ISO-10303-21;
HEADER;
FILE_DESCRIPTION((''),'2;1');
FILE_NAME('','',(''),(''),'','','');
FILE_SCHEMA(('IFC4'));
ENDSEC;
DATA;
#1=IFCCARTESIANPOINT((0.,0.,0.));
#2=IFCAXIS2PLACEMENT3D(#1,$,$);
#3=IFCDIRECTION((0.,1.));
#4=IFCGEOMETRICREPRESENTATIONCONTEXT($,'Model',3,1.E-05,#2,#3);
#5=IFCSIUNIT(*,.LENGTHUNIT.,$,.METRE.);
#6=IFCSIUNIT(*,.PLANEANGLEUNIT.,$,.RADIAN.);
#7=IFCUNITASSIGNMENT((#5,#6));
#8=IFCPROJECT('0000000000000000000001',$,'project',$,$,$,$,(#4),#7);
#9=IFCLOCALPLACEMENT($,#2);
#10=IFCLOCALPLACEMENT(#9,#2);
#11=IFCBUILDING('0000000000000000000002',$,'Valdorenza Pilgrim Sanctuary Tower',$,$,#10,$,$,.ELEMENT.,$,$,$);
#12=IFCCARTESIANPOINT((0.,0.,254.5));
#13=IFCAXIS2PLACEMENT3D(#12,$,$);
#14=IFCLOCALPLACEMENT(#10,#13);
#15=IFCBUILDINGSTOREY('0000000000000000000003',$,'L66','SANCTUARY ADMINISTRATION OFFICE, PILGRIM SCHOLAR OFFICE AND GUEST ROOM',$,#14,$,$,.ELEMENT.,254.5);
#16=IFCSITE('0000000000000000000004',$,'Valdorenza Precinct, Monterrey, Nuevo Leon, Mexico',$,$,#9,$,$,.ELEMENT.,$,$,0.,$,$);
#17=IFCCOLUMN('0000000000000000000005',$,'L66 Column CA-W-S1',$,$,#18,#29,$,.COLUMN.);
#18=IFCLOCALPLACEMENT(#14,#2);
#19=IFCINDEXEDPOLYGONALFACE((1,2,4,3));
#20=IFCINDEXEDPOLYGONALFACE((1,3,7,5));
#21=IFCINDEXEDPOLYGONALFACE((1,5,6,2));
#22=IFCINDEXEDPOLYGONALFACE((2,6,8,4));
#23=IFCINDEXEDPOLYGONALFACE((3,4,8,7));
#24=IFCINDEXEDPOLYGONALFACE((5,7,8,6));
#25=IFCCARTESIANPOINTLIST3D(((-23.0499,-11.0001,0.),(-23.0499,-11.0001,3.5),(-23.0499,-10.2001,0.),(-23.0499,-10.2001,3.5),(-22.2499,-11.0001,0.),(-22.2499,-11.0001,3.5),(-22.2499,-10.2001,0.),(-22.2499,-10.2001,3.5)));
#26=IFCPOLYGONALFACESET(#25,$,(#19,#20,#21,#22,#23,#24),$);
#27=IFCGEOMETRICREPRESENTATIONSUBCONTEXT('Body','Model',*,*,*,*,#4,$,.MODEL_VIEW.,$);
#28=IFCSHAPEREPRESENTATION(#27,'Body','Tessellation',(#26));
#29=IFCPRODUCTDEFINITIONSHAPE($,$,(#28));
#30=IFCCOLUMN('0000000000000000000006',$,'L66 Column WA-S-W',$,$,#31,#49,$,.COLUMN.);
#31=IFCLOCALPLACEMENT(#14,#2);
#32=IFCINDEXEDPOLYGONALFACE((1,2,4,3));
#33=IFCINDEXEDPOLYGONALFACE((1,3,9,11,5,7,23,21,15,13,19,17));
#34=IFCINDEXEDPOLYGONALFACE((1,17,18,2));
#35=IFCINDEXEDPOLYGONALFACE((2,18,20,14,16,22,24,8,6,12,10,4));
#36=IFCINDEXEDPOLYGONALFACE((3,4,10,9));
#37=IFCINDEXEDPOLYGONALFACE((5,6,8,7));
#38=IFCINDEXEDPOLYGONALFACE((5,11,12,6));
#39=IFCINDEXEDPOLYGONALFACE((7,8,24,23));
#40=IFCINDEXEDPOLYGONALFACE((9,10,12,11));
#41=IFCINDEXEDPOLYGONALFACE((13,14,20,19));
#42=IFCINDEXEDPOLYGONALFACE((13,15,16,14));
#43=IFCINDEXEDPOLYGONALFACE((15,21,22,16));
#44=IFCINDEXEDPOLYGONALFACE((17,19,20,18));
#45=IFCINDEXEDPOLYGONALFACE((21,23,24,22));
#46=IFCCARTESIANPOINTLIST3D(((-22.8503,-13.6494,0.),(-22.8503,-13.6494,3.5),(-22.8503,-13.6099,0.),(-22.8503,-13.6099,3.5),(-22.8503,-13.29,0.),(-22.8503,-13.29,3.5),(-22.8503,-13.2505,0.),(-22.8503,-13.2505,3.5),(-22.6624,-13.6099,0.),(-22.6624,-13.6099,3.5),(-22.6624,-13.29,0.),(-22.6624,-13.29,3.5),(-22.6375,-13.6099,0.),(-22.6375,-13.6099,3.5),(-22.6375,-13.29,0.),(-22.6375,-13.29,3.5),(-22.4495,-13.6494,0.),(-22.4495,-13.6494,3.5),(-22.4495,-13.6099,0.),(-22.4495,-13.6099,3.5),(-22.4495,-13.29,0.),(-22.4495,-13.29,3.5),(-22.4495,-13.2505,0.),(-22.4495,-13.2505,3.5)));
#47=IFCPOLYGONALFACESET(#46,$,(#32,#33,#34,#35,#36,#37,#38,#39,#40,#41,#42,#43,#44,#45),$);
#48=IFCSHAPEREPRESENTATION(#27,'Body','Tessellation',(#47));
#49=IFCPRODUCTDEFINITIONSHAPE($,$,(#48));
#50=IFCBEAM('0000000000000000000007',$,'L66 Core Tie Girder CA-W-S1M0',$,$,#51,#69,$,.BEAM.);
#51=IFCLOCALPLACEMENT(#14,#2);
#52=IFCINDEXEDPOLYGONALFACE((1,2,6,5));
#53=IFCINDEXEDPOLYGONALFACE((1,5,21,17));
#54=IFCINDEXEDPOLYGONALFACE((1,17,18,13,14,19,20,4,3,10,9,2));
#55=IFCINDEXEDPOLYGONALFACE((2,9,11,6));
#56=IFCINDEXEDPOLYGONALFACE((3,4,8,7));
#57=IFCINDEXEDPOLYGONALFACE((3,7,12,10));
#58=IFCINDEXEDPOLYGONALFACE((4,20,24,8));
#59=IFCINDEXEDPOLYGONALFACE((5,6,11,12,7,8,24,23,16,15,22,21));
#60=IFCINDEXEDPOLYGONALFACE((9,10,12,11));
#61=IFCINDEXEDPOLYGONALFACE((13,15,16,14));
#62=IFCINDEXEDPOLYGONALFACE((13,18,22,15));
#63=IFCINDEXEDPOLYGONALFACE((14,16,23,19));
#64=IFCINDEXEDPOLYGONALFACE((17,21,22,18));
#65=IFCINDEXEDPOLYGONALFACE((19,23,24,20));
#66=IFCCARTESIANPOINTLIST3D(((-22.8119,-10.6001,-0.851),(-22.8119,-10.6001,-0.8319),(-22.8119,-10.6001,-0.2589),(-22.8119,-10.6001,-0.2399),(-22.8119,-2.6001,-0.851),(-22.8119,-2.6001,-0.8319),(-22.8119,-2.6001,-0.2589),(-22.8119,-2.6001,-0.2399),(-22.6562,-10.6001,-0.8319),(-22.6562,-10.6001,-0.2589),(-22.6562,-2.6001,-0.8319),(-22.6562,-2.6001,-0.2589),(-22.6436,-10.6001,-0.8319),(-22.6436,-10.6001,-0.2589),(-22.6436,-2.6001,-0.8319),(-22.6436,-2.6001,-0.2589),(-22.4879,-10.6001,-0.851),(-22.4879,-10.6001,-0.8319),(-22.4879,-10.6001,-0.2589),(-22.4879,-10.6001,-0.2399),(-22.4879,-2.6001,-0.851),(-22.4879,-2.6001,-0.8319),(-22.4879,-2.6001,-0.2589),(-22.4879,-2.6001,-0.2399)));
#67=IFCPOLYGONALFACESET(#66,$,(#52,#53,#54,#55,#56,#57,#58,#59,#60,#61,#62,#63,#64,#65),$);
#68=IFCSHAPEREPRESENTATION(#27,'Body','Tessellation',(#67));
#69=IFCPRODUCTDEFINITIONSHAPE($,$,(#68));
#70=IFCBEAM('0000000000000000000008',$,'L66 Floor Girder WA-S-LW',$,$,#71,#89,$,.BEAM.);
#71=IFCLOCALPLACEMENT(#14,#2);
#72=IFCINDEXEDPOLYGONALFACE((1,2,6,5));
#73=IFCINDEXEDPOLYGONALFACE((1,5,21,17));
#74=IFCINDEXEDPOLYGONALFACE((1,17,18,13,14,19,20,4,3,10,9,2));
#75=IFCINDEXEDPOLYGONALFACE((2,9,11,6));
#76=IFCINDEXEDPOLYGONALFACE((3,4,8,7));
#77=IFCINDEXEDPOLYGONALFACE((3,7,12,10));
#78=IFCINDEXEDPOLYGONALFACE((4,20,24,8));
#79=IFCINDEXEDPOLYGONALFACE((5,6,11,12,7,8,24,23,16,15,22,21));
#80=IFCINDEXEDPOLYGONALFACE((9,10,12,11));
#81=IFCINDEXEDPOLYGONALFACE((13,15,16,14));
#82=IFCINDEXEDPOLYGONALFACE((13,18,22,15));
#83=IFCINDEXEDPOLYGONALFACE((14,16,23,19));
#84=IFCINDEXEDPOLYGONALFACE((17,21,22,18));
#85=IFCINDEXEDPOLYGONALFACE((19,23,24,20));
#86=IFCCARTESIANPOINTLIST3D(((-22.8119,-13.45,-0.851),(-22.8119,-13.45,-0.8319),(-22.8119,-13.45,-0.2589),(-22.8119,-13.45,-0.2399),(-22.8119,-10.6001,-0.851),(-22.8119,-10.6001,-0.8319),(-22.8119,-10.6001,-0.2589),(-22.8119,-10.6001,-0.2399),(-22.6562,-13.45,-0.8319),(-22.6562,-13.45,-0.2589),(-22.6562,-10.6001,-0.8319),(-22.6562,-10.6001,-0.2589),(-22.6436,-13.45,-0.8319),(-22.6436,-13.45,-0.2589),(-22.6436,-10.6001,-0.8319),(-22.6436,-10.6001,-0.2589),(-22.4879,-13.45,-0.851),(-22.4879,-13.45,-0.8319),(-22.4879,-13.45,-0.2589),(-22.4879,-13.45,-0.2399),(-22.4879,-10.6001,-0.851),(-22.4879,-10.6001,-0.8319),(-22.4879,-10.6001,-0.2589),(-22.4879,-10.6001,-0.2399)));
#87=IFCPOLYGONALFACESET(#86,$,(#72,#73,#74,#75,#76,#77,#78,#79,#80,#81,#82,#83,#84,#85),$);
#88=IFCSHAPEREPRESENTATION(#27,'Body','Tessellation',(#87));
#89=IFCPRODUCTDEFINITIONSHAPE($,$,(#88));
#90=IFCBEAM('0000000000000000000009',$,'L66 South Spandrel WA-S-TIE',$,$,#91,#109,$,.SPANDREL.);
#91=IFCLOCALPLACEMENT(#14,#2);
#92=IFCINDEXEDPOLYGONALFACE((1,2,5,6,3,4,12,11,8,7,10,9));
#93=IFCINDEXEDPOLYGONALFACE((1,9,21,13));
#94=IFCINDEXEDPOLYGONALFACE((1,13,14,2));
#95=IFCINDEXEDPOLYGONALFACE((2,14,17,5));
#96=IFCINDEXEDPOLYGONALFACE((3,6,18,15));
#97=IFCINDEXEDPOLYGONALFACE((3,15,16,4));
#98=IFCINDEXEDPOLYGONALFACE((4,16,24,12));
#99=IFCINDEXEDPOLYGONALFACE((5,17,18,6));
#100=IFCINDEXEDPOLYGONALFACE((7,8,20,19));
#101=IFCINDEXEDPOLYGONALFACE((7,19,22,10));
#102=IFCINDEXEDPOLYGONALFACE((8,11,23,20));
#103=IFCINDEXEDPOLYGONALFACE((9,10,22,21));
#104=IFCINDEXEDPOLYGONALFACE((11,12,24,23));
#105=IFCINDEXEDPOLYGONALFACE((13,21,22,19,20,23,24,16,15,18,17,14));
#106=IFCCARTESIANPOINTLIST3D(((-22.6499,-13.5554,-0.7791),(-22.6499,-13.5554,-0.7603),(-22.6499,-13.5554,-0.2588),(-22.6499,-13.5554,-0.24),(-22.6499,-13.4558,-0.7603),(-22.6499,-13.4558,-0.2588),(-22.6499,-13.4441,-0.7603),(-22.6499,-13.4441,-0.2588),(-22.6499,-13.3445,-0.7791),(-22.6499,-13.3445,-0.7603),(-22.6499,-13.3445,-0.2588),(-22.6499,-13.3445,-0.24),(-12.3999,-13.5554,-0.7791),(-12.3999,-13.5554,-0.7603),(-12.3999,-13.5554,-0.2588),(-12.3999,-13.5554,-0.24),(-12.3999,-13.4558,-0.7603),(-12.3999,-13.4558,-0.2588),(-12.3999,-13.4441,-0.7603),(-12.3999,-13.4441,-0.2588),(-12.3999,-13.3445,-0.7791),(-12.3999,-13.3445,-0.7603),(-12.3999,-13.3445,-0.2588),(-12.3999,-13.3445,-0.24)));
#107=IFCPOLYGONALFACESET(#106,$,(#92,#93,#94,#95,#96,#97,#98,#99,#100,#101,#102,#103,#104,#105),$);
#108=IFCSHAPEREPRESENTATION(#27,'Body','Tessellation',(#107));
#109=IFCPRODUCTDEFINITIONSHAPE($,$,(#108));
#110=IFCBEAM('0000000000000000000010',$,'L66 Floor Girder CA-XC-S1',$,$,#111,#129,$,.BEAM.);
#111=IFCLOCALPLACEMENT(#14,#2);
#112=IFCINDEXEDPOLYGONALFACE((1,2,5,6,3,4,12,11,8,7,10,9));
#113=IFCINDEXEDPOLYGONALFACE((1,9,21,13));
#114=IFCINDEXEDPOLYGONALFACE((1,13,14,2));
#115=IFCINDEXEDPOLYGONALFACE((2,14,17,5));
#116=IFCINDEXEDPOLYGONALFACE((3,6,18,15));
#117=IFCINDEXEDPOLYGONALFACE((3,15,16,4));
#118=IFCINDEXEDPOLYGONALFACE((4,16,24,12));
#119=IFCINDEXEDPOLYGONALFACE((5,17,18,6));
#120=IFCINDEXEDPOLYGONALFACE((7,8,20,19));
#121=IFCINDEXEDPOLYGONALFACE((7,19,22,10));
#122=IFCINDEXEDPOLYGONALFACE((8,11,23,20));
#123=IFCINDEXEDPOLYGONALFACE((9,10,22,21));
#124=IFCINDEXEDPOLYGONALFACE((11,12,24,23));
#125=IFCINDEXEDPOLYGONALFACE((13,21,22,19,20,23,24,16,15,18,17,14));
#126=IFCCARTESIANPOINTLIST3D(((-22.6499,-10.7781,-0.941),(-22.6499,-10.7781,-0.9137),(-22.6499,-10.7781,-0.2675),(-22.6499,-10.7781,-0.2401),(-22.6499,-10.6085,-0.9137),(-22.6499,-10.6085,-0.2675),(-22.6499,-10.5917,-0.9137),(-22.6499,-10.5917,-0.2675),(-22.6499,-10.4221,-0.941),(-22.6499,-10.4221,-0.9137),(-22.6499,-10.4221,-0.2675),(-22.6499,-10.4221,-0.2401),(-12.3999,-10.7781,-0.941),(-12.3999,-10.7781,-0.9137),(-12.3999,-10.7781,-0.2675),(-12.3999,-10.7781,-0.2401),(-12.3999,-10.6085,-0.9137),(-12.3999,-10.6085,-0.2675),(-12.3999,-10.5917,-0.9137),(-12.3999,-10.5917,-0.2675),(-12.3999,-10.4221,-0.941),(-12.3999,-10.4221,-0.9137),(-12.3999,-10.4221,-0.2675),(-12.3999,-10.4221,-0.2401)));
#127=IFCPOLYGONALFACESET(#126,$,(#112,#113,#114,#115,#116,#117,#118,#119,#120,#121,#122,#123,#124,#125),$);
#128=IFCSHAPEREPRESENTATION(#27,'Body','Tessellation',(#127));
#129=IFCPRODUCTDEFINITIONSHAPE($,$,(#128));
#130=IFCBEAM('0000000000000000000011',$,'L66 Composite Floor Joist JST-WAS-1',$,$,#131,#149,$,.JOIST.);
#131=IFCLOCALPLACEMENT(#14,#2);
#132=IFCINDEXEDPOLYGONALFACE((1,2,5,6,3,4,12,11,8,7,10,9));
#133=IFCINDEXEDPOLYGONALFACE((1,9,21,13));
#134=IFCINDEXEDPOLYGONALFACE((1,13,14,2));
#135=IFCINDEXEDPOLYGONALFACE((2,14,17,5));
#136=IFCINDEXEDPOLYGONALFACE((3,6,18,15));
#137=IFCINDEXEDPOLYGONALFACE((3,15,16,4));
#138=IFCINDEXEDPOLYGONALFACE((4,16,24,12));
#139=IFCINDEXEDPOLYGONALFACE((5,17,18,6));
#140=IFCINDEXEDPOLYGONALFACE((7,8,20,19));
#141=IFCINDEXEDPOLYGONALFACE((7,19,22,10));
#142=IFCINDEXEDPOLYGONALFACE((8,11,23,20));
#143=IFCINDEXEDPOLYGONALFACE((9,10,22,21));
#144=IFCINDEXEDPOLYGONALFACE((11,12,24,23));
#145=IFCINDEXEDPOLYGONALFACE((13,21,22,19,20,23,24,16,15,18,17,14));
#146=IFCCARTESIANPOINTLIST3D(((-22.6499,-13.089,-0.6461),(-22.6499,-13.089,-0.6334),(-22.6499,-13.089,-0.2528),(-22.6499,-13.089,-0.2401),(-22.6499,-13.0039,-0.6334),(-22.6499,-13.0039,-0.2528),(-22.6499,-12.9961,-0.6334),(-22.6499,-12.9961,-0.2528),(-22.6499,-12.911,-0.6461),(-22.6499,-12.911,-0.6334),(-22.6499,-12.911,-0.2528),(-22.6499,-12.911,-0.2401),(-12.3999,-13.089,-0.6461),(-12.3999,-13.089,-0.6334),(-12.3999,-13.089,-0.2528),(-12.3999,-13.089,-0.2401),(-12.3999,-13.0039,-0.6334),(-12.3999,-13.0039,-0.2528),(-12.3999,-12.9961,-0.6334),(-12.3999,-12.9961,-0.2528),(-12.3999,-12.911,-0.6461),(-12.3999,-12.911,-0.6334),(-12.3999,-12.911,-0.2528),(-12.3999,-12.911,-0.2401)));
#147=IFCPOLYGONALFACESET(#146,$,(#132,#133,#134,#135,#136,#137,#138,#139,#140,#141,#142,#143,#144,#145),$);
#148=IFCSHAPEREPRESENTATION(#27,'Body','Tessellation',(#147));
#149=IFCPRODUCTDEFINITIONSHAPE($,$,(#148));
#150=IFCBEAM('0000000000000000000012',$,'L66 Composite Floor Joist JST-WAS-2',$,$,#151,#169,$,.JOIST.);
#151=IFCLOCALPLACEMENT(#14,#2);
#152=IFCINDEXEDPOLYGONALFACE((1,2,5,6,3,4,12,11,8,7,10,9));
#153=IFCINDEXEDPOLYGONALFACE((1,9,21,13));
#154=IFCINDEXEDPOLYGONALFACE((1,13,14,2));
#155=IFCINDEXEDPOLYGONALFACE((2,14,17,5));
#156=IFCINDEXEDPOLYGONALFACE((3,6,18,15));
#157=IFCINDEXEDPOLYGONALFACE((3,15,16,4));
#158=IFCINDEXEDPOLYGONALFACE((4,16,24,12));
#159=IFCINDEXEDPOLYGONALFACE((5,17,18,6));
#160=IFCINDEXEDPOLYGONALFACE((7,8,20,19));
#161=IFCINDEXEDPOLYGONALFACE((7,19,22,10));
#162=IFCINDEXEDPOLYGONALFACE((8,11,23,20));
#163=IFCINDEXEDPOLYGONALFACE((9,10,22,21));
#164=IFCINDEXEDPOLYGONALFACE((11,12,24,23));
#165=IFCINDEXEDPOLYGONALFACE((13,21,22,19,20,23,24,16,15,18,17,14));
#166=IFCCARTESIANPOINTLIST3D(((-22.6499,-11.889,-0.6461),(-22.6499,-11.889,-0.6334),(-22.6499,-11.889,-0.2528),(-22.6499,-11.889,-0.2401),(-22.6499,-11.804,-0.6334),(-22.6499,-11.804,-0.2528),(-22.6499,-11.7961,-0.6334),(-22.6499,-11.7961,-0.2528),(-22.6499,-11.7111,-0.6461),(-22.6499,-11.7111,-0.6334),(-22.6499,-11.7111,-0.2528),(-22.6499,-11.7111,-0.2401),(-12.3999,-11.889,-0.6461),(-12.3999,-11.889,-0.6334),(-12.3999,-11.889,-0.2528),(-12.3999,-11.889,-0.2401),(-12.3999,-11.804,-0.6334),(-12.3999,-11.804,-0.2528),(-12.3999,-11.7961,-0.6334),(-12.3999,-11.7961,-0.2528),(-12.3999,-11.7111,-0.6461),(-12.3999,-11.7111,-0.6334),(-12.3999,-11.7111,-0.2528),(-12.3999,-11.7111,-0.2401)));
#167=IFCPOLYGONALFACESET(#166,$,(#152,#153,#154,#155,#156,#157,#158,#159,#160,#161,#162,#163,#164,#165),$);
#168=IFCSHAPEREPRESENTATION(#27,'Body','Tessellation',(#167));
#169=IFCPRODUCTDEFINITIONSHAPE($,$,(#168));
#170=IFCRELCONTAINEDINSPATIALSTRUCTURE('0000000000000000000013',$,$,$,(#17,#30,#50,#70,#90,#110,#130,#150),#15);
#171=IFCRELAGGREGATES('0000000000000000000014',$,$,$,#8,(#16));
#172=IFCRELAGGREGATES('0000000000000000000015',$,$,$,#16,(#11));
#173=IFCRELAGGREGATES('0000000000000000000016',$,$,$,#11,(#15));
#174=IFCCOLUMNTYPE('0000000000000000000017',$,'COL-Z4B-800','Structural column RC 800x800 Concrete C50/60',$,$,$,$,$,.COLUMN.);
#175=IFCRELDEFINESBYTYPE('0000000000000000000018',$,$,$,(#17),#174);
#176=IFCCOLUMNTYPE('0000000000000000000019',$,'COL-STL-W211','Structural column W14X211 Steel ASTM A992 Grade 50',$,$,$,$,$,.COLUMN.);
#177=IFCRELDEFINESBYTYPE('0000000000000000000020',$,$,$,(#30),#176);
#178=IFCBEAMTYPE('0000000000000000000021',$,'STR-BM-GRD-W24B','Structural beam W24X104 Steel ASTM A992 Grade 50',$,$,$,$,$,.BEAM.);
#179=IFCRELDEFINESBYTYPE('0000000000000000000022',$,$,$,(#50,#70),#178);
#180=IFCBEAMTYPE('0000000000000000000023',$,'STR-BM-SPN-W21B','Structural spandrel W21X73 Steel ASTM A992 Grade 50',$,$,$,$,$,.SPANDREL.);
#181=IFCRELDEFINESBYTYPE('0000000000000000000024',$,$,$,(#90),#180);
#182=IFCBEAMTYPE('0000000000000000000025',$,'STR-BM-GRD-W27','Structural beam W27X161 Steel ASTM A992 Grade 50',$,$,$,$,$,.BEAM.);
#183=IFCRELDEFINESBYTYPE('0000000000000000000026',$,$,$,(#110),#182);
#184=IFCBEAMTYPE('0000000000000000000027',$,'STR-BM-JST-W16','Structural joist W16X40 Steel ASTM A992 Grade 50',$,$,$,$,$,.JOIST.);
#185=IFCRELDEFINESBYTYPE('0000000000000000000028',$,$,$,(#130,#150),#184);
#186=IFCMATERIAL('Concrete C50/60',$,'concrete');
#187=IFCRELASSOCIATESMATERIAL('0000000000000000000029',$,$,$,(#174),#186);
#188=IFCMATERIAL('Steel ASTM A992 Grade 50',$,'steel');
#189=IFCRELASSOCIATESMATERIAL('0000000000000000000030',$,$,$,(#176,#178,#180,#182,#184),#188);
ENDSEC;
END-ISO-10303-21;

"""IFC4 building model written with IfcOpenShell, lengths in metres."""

from ifc_helpers import new_model, si_unit, direction, frame, origin, origin_2d, place, context, subcontext, project, spatial, rectangle, i_section, extrude, source, transform, mapped, material, material_profile, profile_set, type_object, element, save


model = new_model("IFC4")

# Units and contexts
model_context = context("Model", 3, precision=1e-05, world=origin(), true_north=direction((0.0, 1.0)))
body_context = subcontext(model_context, "Body", "Model", "MODEL_VIEW")
ifc_project = project(units=[si_unit("LENGTHUNIT", "METRE"), si_unit("PLANEANGLEUNIT", "RADIAN")], contexts=[model_context])

# Site, building, storey
site_placement = place(None, origin())
site = spatial("IfcSite", under=ifc_project, at=site_placement, Name="Valdorenza Precinct, Monterrey, Nuevo Leon, Mexico", CompositionType="ELEMENT", RefElevation=0.0)
building_placement = place(site_placement, origin())
building = spatial("IfcBuilding", under=site, at=building_placement, Name="Valdorenza Pilgrim Sanctuary Tower", CompositionType="ELEMENT")
storey_placement = place(building_placement, frame((0.0, 0.0, 254.5)))
storey = spatial("IfcBuildingStorey", under=building, at=storey_placement, Name="L66", Description="SANCTUARY ADMINISTRATION OFFICE, PILGRIM SCHOLAR OFFICE AND GUEST ROOM", CompositionType="ELEMENT", Elevation=254.5)

# Columns
ifc_material_1 = material(Name="Concrete C50/60", Category="concrete")
ifc_material_profile_1 = material_profile(ifc_material_1, rectangle(XDim=0.8, YDim=0.8, at=origin_2d()), Name="RC 800x800")
ifc_profile_set_1 = profile_set([ifc_material_profile_1], Name="Concrete C50/60")
column_type_1 = type_object("IfcColumnType", Name="COL-Z4B-800", Description="Structural column RC 800x800 Concrete C50/60", PredefinedType="COLUMN", material=ifc_profile_set_1)
shared_shape_1 = source(origin(), body_context, "Body", "SweptSolid", [
    extrude(rectangle(XDim=0.8, YDim=0.8, at=origin_2d()), origin(), (0.0, 0.0, 1.0), 3.5),
])
column_1_placement = place(storey_placement, frame((-22.6499, -10.6001, 0.0), z_axis=(0.0, 0.0, 1.0), x_axis=(1.0, 0.0, 0.0)))
element("IfcColumn", 1, at=column_1_placement, inside=storey, type_object=column_type_1, Name="L66 Column CA-W-S1", PredefinedType="COLUMN", context=body_context, shape_type="MappedRepresentation", body=[
    mapped(shared_shape_1, transform((0.0, 0.0, 0.0), x_axis=(1.0, 0.0, 0.0), y_axis=(0.0, 1.0, 0.0), z_axis=(0.0, 0.0, 1.0), scale=1.0)),
])
ifc_material_2 = material(Name="Steel ASTM A992 Grade 50", Category="steel")
ifc_material_profile_2 = material_profile(ifc_material_2, i_section(OverallWidth=0.4009, OverallDepth=0.3989, WebThickness=0.0249, FlangeThickness=0.0396, at=origin_2d()), Name="W14X211")
ifc_profile_set_2 = profile_set([ifc_material_profile_2], Name="Steel ASTM A992 Grade 50")
column_type_2 = type_object("IfcColumnType", Name="COL-STL-W211", Description="Structural column W14X211 Steel ASTM A992 Grade 50", PredefinedType="COLUMN", material=ifc_profile_set_2)
shared_shape_2 = source(origin(), body_context, "Body", "SweptSolid", [
    extrude(i_section(OverallWidth=0.4009, OverallDepth=0.3989, WebThickness=0.0249, FlangeThickness=0.0396, at=origin_2d()), origin(), (0.0, 0.0, 1.0), 3.5),
])
column_2_placement = place(storey_placement, frame((-22.6499, -13.45, 0.0), z_axis=(0.0, 0.0, 1.0), x_axis=(1.0, 0.0, 0.0)))
element("IfcColumn", 2, at=column_2_placement, inside=storey, type_object=column_type_2, Name="L66 Column WA-S-W", PredefinedType="COLUMN", context=body_context, shape_type="MappedRepresentation", body=[
    mapped(shared_shape_2, transform((0.0, 0.0, 0.0), x_axis=(1.0, 0.0, 0.0), y_axis=(0.0, 1.0, 0.0), z_axis=(0.0, 0.0, 1.0), scale=1.0)),
])

# Beams
ifc_material_profile_3 = material_profile(ifc_material_2, i_section(OverallWidth=0.324, OverallDepth=0.6111, WebThickness=0.0127, FlangeThickness=0.019, at=origin_2d()), Name="W24X104")
ifc_profile_set_3 = profile_set([ifc_material_profile_3], Name="Steel ASTM A992 Grade 50")
beam_type_1 = type_object("IfcBeamType", Name="STR-BM-GRD-W24B", Description="Structural beam W24X104 Steel ASTM A992 Grade 50", PredefinedType="BEAM", material=ifc_profile_set_3)
shared_shape_3 = source(origin(), body_context, "Body", "SweptSolid", [
    extrude(i_section(OverallWidth=0.324, OverallDepth=0.6111, WebThickness=0.0127, FlangeThickness=0.019, at=origin_2d()), origin(), (0.0, 0.0, 1.0), 8.0),
])
beam_1_placement = place(storey_placement, frame((-22.6499, -10.6001, -0.5454), z_axis=(0.0, 1.0, 0.0), x_axis=(-1.0, 0.0, 0.0)))
element("IfcBeam", 3, at=beam_1_placement, inside=storey, type_object=beam_type_1, Name="L66 Core Tie Girder CA-W-S1M0", PredefinedType="BEAM", context=body_context, shape_type="MappedRepresentation", body=[
    mapped(shared_shape_3, transform((0.0, 0.0, 0.0), x_axis=(1.0, 0.0, 0.0), y_axis=(0.0, 1.0, 0.0), z_axis=(0.0, 0.0, 1.0), scale=1.0)),
])
shared_shape_4 = source(origin(), body_context, "Body", "SweptSolid", [
    extrude(i_section(OverallWidth=0.324, OverallDepth=0.6111, WebThickness=0.0127, FlangeThickness=0.019, at=origin_2d()), origin(), (0.0, 0.0, 1.0), 2.8499),
])
beam_2_placement = place(storey_placement, frame((-22.6499, -13.45, -0.5454), z_axis=(0.0, 1.0, 0.0), x_axis=(-1.0, 0.0, 0.0)))
element("IfcBeam", 4, at=beam_2_placement, inside=storey, type_object=beam_type_1, Name="L66 Floor Girder WA-S-LW", PredefinedType="BEAM", context=body_context, shape_type="MappedRepresentation", body=[
    mapped(shared_shape_4, transform((0.0, 0.0, 0.0), x_axis=(1.0, 0.0, 0.0), y_axis=(0.0, 1.0, 0.0), z_axis=(0.0, 0.0, 1.0), scale=1.0)),
])
ifc_material_profile_4 = material_profile(ifc_material_2, i_section(OverallWidth=0.2109, OverallDepth=0.5391, WebThickness=0.0117, FlangeThickness=0.0188, at=origin_2d()), Name="W21X73")
ifc_profile_set_4 = profile_set([ifc_material_profile_4], Name="Steel ASTM A992 Grade 50")
beam_type_2 = type_object("IfcBeamType", Name="STR-BM-SPN-W21B", Description="Structural spandrel W21X73 Steel ASTM A992 Grade 50", PredefinedType="SPANDREL", material=ifc_profile_set_4)
shared_shape_5 = source(origin(), body_context, "Body", "SweptSolid", [
    extrude(i_section(OverallWidth=0.2109, OverallDepth=0.5391, WebThickness=0.0117, FlangeThickness=0.0188, at=origin_2d()), origin(), (0.0, 0.0, 1.0), 10.25),
])
beam_3_placement = place(storey_placement, frame((-22.6499, -13.45, -0.5095), z_axis=(1.0, 0.0, 0.0), x_axis=(0.0, 1.0, 0.0)))
element("IfcBeam", 5, at=beam_3_placement, inside=storey, type_object=beam_type_2, Name="L66 South Spandrel WA-S-TIE", PredefinedType="SPANDREL", context=body_context, shape_type="MappedRepresentation", body=[
    mapped(shared_shape_5, transform((0.0, 0.0, 0.0), x_axis=(1.0, 0.0, 0.0), y_axis=(0.0, 1.0, 0.0), z_axis=(0.0, 0.0, 1.0), scale=1.0)),
])
ifc_material_profile_5 = material_profile(ifc_material_2, i_section(OverallWidth=0.356, OverallDepth=0.7009, WebThickness=0.0168, FlangeThickness=0.0273, at=origin_2d()), Name="W27X161")
ifc_profile_set_5 = profile_set([ifc_material_profile_5], Name="Steel ASTM A992 Grade 50")
beam_type_3 = type_object("IfcBeamType", Name="STR-BM-GRD-W27", Description="Structural beam W27X161 Steel ASTM A992 Grade 50", PredefinedType="BEAM", material=ifc_profile_set_5)
shared_shape_6 = source(origin(), body_context, "Body", "SweptSolid", [
    extrude(i_section(OverallWidth=0.356, OverallDepth=0.7009, WebThickness=0.0168, FlangeThickness=0.0273, at=origin_2d()), origin(), (0.0, 0.0, 1.0), 10.25),
])
beam_4_placement = place(storey_placement, frame((-22.6499, -10.6001, -0.5906), z_axis=(1.0, 0.0, 0.0), x_axis=(0.0, 1.0, 0.0)))
element("IfcBeam", 6, at=beam_4_placement, inside=storey, type_object=beam_type_3, Name="L66 Floor Girder CA-XC-S1", PredefinedType="BEAM", context=body_context, shape_type="MappedRepresentation", body=[
    mapped(shared_shape_6, transform((0.0, 0.0, 0.0), x_axis=(1.0, 0.0, 0.0), y_axis=(0.0, 1.0, 0.0), z_axis=(0.0, 0.0, 1.0), scale=1.0)),
])
ifc_material_profile_6 = material_profile(ifc_material_2, i_section(OverallWidth=0.178, OverallDepth=0.406, WebThickness=0.0078, FlangeThickness=0.0127, at=origin_2d()), Name="W16X40")
ifc_profile_set_6 = profile_set([ifc_material_profile_6], Name="Steel ASTM A992 Grade 50")
beam_type_4 = type_object("IfcBeamType", Name="STR-BM-JST-W16", Description="Structural joist W16X40 Steel ASTM A992 Grade 50", PredefinedType="JOIST", material=ifc_profile_set_6)
shared_shape_7 = source(origin(), body_context, "Body", "SweptSolid", [
    extrude(i_section(OverallWidth=0.178, OverallDepth=0.406, WebThickness=0.0078, FlangeThickness=0.0127, at=origin_2d()), origin(), (0.0, 0.0, 1.0), 10.25),
])
for number, where, z_axis, x_axis, name in (
    (7, (-22.6499, -13.0, -0.4431), (1.0, 0.0, 0.0), (0.0, 1.0, 0.0), "L66 Composite Floor Joist JST-WAS-1"),
    (8, (-22.6499, -11.8, -0.4431), (1.0, 0.0, 0.0), (0.0, 1.0, 0.0), "L66 Composite Floor Joist JST-WAS-2"),
):
    element("IfcBeam", number, at=place(storey_placement, frame(where, z_axis=z_axis, x_axis=x_axis)), inside=storey, type_object=beam_type_4, Name=name, PredefinedType="JOIST", context=body_context, shape_type="MappedRepresentation", body=[
        mapped(shared_shape_7, transform((0.0, 0.0, 0.0), x_axis=(1.0, 0.0, 0.0), y_axis=(0.0, 1.0, 0.0), z_axis=(0.0, 0.0, 1.0), scale=1.0)),
    ])

save(model, "model.ifc")
